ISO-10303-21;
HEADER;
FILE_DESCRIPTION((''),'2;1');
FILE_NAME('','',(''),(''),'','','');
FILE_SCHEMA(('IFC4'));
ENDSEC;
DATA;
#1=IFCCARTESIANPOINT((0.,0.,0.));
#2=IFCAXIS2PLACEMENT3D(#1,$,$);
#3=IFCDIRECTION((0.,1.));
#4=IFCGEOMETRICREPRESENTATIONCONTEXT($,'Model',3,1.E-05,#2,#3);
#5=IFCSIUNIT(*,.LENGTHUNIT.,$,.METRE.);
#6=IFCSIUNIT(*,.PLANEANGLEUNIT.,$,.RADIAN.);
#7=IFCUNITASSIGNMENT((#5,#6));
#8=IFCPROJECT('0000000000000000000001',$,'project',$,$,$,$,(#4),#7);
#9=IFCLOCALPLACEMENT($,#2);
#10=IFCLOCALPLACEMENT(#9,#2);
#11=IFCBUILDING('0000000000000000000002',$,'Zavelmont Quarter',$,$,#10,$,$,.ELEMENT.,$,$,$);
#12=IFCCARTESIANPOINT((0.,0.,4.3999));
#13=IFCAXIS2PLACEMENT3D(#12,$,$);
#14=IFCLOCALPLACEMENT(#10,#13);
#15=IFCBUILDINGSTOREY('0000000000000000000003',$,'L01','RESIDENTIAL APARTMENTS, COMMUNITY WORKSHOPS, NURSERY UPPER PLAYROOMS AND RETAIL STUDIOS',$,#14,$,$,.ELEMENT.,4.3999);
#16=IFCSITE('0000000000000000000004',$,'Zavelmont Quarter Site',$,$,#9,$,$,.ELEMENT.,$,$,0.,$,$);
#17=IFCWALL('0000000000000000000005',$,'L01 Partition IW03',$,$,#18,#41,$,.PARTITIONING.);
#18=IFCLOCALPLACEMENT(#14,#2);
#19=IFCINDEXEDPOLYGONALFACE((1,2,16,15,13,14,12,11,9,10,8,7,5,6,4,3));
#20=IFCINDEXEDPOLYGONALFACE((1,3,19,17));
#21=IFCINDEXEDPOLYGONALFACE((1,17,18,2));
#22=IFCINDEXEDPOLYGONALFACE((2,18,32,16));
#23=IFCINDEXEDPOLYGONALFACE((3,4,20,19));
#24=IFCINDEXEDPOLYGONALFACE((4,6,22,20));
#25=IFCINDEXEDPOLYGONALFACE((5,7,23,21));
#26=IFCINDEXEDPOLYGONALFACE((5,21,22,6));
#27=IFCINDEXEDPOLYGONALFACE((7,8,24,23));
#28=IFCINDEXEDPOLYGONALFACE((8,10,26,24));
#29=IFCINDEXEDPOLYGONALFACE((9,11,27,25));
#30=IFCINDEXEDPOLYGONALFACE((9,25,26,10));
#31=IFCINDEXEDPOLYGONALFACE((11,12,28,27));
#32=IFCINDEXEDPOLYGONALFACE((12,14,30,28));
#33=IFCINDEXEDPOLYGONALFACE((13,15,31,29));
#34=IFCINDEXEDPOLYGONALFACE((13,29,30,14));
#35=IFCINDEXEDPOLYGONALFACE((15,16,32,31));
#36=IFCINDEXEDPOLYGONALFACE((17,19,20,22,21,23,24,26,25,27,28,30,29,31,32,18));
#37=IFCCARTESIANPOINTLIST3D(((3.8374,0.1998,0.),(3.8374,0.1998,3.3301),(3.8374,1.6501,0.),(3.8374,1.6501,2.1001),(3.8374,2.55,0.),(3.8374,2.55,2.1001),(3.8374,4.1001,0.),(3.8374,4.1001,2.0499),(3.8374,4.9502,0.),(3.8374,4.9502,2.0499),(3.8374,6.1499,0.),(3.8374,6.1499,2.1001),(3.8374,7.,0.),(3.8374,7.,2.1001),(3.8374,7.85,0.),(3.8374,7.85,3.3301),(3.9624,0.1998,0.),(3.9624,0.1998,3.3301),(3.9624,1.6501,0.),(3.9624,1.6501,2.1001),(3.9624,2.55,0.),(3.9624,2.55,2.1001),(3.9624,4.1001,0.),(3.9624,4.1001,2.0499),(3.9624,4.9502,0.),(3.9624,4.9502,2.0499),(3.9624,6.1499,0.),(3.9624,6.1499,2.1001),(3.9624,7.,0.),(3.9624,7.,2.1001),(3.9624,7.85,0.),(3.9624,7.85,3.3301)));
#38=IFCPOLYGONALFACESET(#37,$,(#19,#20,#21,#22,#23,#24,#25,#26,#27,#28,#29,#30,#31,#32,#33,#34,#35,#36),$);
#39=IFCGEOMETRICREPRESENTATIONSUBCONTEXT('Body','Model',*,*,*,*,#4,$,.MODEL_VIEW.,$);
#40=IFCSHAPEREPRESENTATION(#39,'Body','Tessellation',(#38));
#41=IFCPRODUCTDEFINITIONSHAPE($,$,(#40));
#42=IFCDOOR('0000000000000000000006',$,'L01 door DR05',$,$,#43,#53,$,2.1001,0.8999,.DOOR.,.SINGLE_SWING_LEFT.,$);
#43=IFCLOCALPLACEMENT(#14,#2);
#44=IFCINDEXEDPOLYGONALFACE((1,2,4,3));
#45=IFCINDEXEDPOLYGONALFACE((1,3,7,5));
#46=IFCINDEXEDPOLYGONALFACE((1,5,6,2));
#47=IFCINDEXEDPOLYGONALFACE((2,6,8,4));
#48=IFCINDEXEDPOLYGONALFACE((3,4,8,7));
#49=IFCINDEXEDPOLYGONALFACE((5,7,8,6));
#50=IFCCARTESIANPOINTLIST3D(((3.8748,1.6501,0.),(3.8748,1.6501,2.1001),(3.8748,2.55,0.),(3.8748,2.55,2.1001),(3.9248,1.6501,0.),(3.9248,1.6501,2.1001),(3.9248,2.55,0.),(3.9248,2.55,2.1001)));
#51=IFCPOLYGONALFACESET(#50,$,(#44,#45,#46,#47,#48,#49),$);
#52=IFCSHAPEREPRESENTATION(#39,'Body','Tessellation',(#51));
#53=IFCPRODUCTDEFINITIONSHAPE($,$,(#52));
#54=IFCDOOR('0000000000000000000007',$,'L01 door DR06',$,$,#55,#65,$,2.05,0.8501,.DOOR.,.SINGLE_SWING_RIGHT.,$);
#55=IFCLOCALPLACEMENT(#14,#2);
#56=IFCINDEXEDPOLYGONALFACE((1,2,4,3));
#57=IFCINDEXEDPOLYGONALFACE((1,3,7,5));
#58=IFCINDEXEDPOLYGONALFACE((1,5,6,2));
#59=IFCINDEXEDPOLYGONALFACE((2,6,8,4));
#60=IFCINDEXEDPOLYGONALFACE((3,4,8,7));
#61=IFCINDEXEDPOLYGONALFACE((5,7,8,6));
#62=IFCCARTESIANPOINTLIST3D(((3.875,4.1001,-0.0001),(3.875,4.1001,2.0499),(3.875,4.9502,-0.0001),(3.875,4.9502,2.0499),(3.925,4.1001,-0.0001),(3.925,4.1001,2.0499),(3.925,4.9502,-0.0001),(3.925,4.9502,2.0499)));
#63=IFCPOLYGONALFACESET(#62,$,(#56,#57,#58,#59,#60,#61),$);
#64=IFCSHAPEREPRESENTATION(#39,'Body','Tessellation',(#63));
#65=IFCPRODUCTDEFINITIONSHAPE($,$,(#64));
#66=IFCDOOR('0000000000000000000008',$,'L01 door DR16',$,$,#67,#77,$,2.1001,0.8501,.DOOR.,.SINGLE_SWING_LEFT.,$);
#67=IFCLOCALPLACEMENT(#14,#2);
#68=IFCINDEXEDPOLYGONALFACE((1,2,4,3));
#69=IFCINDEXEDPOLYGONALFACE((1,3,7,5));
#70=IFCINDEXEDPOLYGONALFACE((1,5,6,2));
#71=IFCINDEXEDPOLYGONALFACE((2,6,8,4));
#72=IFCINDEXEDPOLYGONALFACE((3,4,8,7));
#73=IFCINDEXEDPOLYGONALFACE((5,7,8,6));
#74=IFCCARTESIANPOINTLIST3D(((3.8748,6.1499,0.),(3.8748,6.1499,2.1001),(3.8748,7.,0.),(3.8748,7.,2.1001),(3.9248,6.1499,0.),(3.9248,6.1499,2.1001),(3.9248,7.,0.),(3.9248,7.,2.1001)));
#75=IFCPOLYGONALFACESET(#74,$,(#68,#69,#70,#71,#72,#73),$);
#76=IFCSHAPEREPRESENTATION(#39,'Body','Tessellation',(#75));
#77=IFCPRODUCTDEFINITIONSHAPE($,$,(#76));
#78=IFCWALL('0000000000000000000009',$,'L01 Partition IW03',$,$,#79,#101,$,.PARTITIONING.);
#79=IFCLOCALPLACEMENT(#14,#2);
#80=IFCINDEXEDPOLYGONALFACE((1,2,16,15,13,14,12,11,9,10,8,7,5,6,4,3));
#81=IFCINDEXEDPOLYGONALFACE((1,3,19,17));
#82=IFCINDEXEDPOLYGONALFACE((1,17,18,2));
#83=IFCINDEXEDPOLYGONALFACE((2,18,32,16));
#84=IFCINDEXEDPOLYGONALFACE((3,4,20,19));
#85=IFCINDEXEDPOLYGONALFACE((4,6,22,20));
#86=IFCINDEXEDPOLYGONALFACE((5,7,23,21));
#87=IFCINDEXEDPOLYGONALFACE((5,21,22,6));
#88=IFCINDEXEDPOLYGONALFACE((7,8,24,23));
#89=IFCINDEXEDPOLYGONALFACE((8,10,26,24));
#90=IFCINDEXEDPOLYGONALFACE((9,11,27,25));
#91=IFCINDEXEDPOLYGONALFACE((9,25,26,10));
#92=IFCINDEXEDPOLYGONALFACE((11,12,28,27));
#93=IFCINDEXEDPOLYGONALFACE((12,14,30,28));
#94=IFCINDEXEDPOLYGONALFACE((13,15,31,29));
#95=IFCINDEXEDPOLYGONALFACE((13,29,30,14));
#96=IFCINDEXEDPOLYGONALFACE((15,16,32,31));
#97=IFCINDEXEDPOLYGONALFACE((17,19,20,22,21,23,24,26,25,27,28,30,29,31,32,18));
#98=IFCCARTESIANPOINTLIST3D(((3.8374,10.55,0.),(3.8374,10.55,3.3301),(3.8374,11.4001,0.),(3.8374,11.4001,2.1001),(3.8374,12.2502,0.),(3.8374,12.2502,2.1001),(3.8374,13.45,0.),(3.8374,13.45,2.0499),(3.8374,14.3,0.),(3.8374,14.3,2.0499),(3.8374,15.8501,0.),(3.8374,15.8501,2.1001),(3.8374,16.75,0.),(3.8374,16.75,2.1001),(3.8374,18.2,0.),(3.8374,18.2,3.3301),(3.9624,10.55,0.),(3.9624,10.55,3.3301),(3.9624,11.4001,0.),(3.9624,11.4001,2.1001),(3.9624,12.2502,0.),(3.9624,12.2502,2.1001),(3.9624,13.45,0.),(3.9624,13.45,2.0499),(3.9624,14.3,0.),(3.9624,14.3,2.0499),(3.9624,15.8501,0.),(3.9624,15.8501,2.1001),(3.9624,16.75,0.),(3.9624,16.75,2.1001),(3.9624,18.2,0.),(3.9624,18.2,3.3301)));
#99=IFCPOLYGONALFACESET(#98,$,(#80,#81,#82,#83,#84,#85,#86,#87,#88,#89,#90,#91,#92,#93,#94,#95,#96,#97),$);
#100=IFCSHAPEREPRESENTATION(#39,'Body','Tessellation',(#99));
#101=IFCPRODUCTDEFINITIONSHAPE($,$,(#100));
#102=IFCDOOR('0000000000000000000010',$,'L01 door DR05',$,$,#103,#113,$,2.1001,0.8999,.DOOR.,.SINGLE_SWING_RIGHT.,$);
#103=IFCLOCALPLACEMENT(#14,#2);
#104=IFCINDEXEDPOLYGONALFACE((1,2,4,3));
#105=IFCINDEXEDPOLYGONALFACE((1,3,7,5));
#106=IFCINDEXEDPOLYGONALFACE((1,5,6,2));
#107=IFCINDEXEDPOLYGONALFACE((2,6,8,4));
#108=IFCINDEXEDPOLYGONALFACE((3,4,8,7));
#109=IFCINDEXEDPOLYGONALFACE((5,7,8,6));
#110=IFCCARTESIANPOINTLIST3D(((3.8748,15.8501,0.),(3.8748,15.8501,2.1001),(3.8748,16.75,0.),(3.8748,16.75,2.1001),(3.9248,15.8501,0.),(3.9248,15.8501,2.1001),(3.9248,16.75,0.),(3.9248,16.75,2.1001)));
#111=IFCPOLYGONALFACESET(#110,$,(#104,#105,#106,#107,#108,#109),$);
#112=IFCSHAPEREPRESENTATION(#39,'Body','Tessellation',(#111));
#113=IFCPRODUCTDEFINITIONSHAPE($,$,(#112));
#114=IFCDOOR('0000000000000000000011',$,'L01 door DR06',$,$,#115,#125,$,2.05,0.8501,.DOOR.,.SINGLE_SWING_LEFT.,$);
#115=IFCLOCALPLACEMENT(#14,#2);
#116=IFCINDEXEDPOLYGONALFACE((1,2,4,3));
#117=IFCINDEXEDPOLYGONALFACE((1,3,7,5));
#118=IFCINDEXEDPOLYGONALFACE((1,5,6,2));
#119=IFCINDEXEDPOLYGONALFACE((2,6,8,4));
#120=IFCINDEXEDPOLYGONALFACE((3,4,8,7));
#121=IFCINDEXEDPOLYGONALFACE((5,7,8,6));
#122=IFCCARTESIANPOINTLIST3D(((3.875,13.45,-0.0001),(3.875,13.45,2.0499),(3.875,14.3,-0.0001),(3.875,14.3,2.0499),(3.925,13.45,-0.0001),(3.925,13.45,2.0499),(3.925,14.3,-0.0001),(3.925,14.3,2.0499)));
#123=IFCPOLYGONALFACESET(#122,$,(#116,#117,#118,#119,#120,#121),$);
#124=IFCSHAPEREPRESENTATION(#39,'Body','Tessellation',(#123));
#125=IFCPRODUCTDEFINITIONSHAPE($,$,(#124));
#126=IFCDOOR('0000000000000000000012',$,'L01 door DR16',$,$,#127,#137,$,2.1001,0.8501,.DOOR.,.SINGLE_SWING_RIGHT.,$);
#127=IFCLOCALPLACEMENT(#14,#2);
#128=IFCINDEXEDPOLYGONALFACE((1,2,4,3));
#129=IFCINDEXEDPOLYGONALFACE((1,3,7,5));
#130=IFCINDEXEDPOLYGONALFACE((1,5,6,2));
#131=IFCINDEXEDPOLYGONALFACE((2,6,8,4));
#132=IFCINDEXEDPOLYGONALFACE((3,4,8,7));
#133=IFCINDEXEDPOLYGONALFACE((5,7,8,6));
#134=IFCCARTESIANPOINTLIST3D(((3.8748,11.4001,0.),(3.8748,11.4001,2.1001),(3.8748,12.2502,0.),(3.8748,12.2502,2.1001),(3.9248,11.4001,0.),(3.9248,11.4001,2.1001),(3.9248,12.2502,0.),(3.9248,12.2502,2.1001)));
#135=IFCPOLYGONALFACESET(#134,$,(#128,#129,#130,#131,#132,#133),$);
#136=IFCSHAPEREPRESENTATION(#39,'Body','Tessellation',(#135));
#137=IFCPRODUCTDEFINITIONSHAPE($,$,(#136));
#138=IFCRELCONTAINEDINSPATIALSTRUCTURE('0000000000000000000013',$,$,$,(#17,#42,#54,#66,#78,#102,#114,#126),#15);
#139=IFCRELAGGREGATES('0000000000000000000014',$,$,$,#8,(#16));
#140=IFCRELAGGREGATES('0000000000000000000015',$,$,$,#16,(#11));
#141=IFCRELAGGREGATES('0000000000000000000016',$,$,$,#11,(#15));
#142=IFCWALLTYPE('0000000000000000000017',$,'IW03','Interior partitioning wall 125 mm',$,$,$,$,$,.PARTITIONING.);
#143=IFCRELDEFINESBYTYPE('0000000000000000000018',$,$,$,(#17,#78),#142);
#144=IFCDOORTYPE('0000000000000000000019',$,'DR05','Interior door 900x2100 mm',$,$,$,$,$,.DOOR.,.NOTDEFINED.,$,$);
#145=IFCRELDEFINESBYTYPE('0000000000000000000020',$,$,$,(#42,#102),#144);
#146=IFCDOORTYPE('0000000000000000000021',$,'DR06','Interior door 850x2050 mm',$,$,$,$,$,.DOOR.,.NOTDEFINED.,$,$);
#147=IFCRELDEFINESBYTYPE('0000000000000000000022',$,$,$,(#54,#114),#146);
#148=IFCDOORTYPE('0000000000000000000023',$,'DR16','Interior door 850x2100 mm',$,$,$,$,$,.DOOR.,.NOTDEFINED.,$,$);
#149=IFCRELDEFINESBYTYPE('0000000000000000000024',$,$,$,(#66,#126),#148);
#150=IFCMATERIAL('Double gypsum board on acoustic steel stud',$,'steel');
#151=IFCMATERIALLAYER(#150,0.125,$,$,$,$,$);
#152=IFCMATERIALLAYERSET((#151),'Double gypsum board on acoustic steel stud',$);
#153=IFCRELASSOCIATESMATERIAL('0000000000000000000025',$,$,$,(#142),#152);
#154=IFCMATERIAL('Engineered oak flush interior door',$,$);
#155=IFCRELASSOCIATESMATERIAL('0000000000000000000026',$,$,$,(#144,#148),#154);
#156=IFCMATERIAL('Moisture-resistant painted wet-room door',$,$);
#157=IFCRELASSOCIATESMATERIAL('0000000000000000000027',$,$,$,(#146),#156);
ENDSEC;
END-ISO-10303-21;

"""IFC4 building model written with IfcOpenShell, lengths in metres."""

from ifc_helpers import new_model, si_unit, direction, frame, frame_2d, origin, origin_with_axes, place, context, subcontext, project, spatial, rectangle, extrude, material, layer, layer_set, type_object, element, fill, save


model = new_model("IFC4")

# Units and contexts
model_context = context("Model", 3, precision=1e-05, world=origin(), true_north=direction((0.0, 1.0)))
body_context = subcontext(model_context, "Body", "Model", "MODEL_VIEW")
ifc_project = project(units=[si_unit("LENGTHUNIT", "METRE"), si_unit("PLANEANGLEUNIT", "RADIAN")], contexts=[model_context])

# Site, building, storey
site_placement = place(None, origin())
site = spatial("IfcSite", under=ifc_project, at=site_placement, Name="Zavelmont Quarter Site", CompositionType="ELEMENT", RefElevation=0.0)
building_placement = place(site_placement, origin())
building = spatial("IfcBuilding", under=site, at=building_placement, Name="Zavelmont Quarter", CompositionType="ELEMENT")
storey_placement = place(building_placement, frame((0.0, 0.0, 4.3999)))
storey = spatial("IfcBuildingStorey", under=building, at=storey_placement, Name="L01", Description="RESIDENTIAL APARTMENTS, COMMUNITY WORKSHOPS, NURSERY UPPER PLAYROOMS AND RETAIL STUDIOS", CompositionType="ELEMENT", Elevation=4.3999)

# Walls, openings, doors
ifc_material_1 = material(Name="Double gypsum board on acoustic steel stud", Category="steel")
ifc_layer_1 = layer(ifc_material_1, 0.125)
ifc_layer_set_1 = layer_set([ifc_layer_1], Name="Double gypsum board on acoustic steel stud")
wall_type_1 = type_object("IfcWallType", Name="IW03", Description="Interior partitioning wall 125 mm", PredefinedType="PARTITIONING", material=ifc_layer_set_1)
wall_1_placement = place(storey_placement, frame((3.8999, 7.8501, 0.0), z_axis=(0.0, 0.0, 1.0), x_axis=(0.0, -1.0, 0.0)))
wall_1 = element("IfcWall", 1, at=wall_1_placement, inside=storey, type_object=wall_type_1, Name="L01 Partition IW03", PredefinedType="PARTITIONING", context=body_context, shape_type="SweptSolid", body=[
    extrude(rectangle(XDim=7.6501, YDim=0.125, at=frame_2d((3.8252, 0.0))), origin(), (0.0, 0.0, 1.0), 3.3301),
])
opening_1_placement = place(wall_1_placement, frame((0.8501, 0.0, 0.0)))
opening_1 = element("IfcOpeningElement", 2, at=opening_1_placement, cuts=wall_1, PredefinedType="OPENING", context=body_context, shape_type="SweptSolid", body=[
    extrude(rectangle(XDim=0.8501, YDim=2.1001, at=frame_2d((0.425, 1.05))), frame((0.0, 0.0745, 0.0), z_axis=(0.0, -1.0, 0.0), x_axis=(1.0, 0.0, 0.0)), (0.0, 0.0, 1.0), 0.1489),
])
opening_2_placement = place(wall_1_placement, frame((2.8999, 0.0, 0.0)))
opening_2 = element("IfcOpeningElement", 3, at=opening_2_placement, cuts=wall_1, PredefinedType="OPENING", context=body_context, shape_type="SweptSolid", body=[
    extrude(rectangle(XDim=0.8501, YDim=2.05, at=frame_2d((0.425, 1.0249))), frame((0.0, 0.0745, 0.0), z_axis=(0.0, -1.0, 0.0), x_axis=(1.0, 0.0, 0.0)), (0.0, 0.0, 1.0), 0.1489),
])
opening_3_placement = place(wall_1_placement, frame((5.3, 0.0, 0.0)))
opening_3 = element("IfcOpeningElement", 4, at=opening_3_placement, cuts=wall_1, PredefinedType="OPENING", context=body_context, shape_type="SweptSolid", body=[
    extrude(rectangle(XDim=0.8999, YDim=2.1001, at=frame_2d((0.45, 1.05))), frame((0.0, 0.0745, 0.0), z_axis=(0.0, -1.0, 0.0), x_axis=(1.0, 0.0, 0.0)), (0.0, 0.0, 1.0), 0.1489),
])
ifc_material_2 = material(Name="Engineered oak flush interior door")
door_type_1 = type_object("IfcDoorType", Name="DR05", Description="Interior door 900x2100 mm", OperationType="NOTDEFINED", PredefinedType="DOOR", material=ifc_material_2)
door_1_placement = place(opening_3_placement, origin_with_axes())
door_1 = element("IfcDoor", 5, at=door_1_placement, inside=storey, type_object=door_type_1, Name="L01 door DR05", OperationType="SINGLE_SWING_LEFT", OverallHeight=2.1001, OverallWidth=0.8999, PredefinedType="DOOR", context=body_context, shape_type="SweptSolid", body=[
    extrude(rectangle(XDim=0.8999, YDim=2.1001, at=frame_2d((0.45, 1.05))), frame((0.0, 0.0249, 0.0), z_axis=(0.0, -1.0, 0.0), x_axis=(1.0, 0.0, 0.0)), (0.0, 0.0, 1.0), 0.05),
])
fill(opening_3, door_1)
ifc_material_3 = material(Name="Moisture-resistant painted wet-room door")
door_type_2 = type_object("IfcDoorType", Name="DR06", Description="Interior door 850x2050 mm", OperationType="NOTDEFINED", PredefinedType="DOOR", material=ifc_material_3)
door_2_placement = place(opening_2_placement, frame((0.8501, 0.0, 0.0), z_axis=(0.0, 0.0, 1.0), x_axis=(-1.0, 0.0, 0.0)))
door_2 = element("IfcDoor", 6, at=door_2_placement, inside=storey, type_object=door_type_2, Name="L01 door DR06", OperationType="SINGLE_SWING_RIGHT", OverallHeight=2.05, OverallWidth=0.8501, PredefinedType="DOOR", context=body_context, shape_type="SweptSolid", body=[
    extrude(rectangle(XDim=0.8501, YDim=2.05, at=frame_2d((0.425, 1.0249))), frame((0.0, 0.0249, 0.0), z_axis=(0.0, -1.0, 0.0), x_axis=(1.0, 0.0, 0.0)), (0.0, 0.0, 1.0), 0.05),
])
fill(opening_2, door_2)
door_type_3 = type_object("IfcDoorType", Name="DR16", Description="Interior door 850x2100 mm", OperationType="NOTDEFINED", PredefinedType="DOOR", material=ifc_material_2)
door_3_placement = place(opening_1_placement, origin_with_axes())
door_3 = element("IfcDoor", 7, at=door_3_placement, inside=storey, type_object=door_type_3, Name="L01 door DR16", OperationType="SINGLE_SWING_LEFT", OverallHeight=2.1001, OverallWidth=0.8501, PredefinedType="DOOR", context=body_context, shape_type="SweptSolid", body=[
    extrude(rectangle(XDim=0.8501, YDim=2.1001, at=frame_2d((0.425, 1.05))), frame((0.0, 0.0249, 0.0), z_axis=(0.0, -1.0, 0.0), x_axis=(1.0, 0.0, 0.0)), (0.0, 0.0, 1.0), 0.05),
])
fill(opening_1, door_3)
wall_2_placement = place(storey_placement, frame((3.8999, 10.55, 0.0), z_axis=(0.0, 0.0, 1.0), x_axis=(0.0, 1.0, 0.0)))
wall_2 = element("IfcWall", 8, at=wall_2_placement, inside=storey, type_object=wall_type_1, Name="L01 Partition IW03", PredefinedType="PARTITIONING", context=body_context, shape_type="SweptSolid", body=[
    extrude(rectangle(XDim=7.6499, YDim=0.125, at=frame_2d((3.825, 0.0))), origin(), (0.0, 0.0, 1.0), 3.3301),
])
opening_4_placement = place(wall_2_placement, frame((0.8501, 0.0, 0.0)))
opening_4 = element("IfcOpeningElement", 9, at=opening_4_placement, cuts=wall_2, PredefinedType="OPENING", context=body_context, shape_type="SweptSolid", body=[
    extrude(rectangle(XDim=0.8501, YDim=2.1001, at=frame_2d((0.425, 1.05))), frame((0.0, 0.0745, 0.0), z_axis=(0.0, -1.0, 0.0), x_axis=(1.0, 0.0, 0.0)), (0.0, 0.0, 1.0), 0.1489),
])
opening_5_placement = place(wall_2_placement, frame((2.8999, 0.0, 0.0)))
opening_5 = element("IfcOpeningElement", 10, at=opening_5_placement, cuts=wall_2, PredefinedType="OPENING", context=body_context, shape_type="SweptSolid", body=[
    extrude(rectangle(XDim=0.8501, YDim=2.05, at=frame_2d((0.425, 1.0249))), frame((0.0, 0.0745, 0.0), z_axis=(0.0, -1.0, 0.0), x_axis=(1.0, 0.0, 0.0)), (0.0, 0.0, 1.0), 0.1489),
])
opening_6_placement = place(wall_2_placement, frame((5.3, 0.0, 0.0)))
opening_6 = element("IfcOpeningElement", 11, at=opening_6_placement, cuts=wall_2, PredefinedType="OPENING", context=body_context, shape_type="SweptSolid", body=[
    extrude(rectangle(XDim=0.8999, YDim=2.1001, at=frame_2d((0.45, 1.05))), frame((0.0, 0.0745, 0.0), z_axis=(0.0, -1.0, 0.0), x_axis=(1.0, 0.0, 0.0)), (0.0, 0.0, 1.0), 0.1489),
])
door_4_placement = place(opening_6_placement, frame((0.8999, 0.0, 0.0), z_axis=(0.0, 0.0, 1.0), x_axis=(-1.0, 0.0, 0.0)))
door_4 = element("IfcDoor", 12, at=door_4_placement, inside=storey, type_object=door_type_1, Name="L01 door DR05", OperationType="SINGLE_SWING_RIGHT", OverallHeight=2.1001, OverallWidth=0.8999, PredefinedType="DOOR", context=body_context, shape_type="SweptSolid", body=[
    extrude(rectangle(XDim=0.8999, YDim=2.1001, at=frame_2d((0.45, 1.05))), frame((0.0, 0.0249, 0.0), z_axis=(0.0, -1.0, 0.0), x_axis=(1.0, 0.0, 0.0)), (0.0, 0.0, 1.0), 0.05),
])
fill(opening_6, door_4)
door_5_placement = place(opening_5_placement, origin_with_axes())
door_5 = element("IfcDoor", 13, at=door_5_placement, inside=storey, type_object=door_type_2, Name="L01 door DR06", OperationType="SINGLE_SWING_LEFT", OverallHeight=2.05, OverallWidth=0.8501, PredefinedType="DOOR", context=body_context, shape_type="SweptSolid", body=[
    extrude(rectangle(XDim=0.8501, YDim=2.05, at=frame_2d((0.425, 1.0249))), frame((0.0, 0.0249, 0.0), z_axis=(0.0, -1.0, 0.0), x_axis=(1.0, 0.0, 0.0)), (0.0, 0.0, 1.0), 0.05),
])
fill(opening_5, door_5)
door_6_placement = place(opening_4_placement, frame((0.8501, 0.0, 0.0), z_axis=(0.0, 0.0, 1.0), x_axis=(-1.0, 0.0, 0.0)))
door_6 = element("IfcDoor", 14, at=door_6_placement, inside=storey, type_object=door_type_3, Name="L01 door DR16", OperationType="SINGLE_SWING_RIGHT", OverallHeight=2.1001, OverallWidth=0.8501, PredefinedType="DOOR", context=body_context, shape_type="SweptSolid", body=[
    extrude(rectangle(XDim=0.8501, YDim=2.1001, at=frame_2d((0.425, 1.05))), frame((0.0, 0.0249, 0.0), z_axis=(0.0, -1.0, 0.0), x_axis=(1.0, 0.0, 0.0)), (0.0, 0.0, 1.0), 0.05),
])
fill(opening_4, door_6)

save(model, "model.ifc")
